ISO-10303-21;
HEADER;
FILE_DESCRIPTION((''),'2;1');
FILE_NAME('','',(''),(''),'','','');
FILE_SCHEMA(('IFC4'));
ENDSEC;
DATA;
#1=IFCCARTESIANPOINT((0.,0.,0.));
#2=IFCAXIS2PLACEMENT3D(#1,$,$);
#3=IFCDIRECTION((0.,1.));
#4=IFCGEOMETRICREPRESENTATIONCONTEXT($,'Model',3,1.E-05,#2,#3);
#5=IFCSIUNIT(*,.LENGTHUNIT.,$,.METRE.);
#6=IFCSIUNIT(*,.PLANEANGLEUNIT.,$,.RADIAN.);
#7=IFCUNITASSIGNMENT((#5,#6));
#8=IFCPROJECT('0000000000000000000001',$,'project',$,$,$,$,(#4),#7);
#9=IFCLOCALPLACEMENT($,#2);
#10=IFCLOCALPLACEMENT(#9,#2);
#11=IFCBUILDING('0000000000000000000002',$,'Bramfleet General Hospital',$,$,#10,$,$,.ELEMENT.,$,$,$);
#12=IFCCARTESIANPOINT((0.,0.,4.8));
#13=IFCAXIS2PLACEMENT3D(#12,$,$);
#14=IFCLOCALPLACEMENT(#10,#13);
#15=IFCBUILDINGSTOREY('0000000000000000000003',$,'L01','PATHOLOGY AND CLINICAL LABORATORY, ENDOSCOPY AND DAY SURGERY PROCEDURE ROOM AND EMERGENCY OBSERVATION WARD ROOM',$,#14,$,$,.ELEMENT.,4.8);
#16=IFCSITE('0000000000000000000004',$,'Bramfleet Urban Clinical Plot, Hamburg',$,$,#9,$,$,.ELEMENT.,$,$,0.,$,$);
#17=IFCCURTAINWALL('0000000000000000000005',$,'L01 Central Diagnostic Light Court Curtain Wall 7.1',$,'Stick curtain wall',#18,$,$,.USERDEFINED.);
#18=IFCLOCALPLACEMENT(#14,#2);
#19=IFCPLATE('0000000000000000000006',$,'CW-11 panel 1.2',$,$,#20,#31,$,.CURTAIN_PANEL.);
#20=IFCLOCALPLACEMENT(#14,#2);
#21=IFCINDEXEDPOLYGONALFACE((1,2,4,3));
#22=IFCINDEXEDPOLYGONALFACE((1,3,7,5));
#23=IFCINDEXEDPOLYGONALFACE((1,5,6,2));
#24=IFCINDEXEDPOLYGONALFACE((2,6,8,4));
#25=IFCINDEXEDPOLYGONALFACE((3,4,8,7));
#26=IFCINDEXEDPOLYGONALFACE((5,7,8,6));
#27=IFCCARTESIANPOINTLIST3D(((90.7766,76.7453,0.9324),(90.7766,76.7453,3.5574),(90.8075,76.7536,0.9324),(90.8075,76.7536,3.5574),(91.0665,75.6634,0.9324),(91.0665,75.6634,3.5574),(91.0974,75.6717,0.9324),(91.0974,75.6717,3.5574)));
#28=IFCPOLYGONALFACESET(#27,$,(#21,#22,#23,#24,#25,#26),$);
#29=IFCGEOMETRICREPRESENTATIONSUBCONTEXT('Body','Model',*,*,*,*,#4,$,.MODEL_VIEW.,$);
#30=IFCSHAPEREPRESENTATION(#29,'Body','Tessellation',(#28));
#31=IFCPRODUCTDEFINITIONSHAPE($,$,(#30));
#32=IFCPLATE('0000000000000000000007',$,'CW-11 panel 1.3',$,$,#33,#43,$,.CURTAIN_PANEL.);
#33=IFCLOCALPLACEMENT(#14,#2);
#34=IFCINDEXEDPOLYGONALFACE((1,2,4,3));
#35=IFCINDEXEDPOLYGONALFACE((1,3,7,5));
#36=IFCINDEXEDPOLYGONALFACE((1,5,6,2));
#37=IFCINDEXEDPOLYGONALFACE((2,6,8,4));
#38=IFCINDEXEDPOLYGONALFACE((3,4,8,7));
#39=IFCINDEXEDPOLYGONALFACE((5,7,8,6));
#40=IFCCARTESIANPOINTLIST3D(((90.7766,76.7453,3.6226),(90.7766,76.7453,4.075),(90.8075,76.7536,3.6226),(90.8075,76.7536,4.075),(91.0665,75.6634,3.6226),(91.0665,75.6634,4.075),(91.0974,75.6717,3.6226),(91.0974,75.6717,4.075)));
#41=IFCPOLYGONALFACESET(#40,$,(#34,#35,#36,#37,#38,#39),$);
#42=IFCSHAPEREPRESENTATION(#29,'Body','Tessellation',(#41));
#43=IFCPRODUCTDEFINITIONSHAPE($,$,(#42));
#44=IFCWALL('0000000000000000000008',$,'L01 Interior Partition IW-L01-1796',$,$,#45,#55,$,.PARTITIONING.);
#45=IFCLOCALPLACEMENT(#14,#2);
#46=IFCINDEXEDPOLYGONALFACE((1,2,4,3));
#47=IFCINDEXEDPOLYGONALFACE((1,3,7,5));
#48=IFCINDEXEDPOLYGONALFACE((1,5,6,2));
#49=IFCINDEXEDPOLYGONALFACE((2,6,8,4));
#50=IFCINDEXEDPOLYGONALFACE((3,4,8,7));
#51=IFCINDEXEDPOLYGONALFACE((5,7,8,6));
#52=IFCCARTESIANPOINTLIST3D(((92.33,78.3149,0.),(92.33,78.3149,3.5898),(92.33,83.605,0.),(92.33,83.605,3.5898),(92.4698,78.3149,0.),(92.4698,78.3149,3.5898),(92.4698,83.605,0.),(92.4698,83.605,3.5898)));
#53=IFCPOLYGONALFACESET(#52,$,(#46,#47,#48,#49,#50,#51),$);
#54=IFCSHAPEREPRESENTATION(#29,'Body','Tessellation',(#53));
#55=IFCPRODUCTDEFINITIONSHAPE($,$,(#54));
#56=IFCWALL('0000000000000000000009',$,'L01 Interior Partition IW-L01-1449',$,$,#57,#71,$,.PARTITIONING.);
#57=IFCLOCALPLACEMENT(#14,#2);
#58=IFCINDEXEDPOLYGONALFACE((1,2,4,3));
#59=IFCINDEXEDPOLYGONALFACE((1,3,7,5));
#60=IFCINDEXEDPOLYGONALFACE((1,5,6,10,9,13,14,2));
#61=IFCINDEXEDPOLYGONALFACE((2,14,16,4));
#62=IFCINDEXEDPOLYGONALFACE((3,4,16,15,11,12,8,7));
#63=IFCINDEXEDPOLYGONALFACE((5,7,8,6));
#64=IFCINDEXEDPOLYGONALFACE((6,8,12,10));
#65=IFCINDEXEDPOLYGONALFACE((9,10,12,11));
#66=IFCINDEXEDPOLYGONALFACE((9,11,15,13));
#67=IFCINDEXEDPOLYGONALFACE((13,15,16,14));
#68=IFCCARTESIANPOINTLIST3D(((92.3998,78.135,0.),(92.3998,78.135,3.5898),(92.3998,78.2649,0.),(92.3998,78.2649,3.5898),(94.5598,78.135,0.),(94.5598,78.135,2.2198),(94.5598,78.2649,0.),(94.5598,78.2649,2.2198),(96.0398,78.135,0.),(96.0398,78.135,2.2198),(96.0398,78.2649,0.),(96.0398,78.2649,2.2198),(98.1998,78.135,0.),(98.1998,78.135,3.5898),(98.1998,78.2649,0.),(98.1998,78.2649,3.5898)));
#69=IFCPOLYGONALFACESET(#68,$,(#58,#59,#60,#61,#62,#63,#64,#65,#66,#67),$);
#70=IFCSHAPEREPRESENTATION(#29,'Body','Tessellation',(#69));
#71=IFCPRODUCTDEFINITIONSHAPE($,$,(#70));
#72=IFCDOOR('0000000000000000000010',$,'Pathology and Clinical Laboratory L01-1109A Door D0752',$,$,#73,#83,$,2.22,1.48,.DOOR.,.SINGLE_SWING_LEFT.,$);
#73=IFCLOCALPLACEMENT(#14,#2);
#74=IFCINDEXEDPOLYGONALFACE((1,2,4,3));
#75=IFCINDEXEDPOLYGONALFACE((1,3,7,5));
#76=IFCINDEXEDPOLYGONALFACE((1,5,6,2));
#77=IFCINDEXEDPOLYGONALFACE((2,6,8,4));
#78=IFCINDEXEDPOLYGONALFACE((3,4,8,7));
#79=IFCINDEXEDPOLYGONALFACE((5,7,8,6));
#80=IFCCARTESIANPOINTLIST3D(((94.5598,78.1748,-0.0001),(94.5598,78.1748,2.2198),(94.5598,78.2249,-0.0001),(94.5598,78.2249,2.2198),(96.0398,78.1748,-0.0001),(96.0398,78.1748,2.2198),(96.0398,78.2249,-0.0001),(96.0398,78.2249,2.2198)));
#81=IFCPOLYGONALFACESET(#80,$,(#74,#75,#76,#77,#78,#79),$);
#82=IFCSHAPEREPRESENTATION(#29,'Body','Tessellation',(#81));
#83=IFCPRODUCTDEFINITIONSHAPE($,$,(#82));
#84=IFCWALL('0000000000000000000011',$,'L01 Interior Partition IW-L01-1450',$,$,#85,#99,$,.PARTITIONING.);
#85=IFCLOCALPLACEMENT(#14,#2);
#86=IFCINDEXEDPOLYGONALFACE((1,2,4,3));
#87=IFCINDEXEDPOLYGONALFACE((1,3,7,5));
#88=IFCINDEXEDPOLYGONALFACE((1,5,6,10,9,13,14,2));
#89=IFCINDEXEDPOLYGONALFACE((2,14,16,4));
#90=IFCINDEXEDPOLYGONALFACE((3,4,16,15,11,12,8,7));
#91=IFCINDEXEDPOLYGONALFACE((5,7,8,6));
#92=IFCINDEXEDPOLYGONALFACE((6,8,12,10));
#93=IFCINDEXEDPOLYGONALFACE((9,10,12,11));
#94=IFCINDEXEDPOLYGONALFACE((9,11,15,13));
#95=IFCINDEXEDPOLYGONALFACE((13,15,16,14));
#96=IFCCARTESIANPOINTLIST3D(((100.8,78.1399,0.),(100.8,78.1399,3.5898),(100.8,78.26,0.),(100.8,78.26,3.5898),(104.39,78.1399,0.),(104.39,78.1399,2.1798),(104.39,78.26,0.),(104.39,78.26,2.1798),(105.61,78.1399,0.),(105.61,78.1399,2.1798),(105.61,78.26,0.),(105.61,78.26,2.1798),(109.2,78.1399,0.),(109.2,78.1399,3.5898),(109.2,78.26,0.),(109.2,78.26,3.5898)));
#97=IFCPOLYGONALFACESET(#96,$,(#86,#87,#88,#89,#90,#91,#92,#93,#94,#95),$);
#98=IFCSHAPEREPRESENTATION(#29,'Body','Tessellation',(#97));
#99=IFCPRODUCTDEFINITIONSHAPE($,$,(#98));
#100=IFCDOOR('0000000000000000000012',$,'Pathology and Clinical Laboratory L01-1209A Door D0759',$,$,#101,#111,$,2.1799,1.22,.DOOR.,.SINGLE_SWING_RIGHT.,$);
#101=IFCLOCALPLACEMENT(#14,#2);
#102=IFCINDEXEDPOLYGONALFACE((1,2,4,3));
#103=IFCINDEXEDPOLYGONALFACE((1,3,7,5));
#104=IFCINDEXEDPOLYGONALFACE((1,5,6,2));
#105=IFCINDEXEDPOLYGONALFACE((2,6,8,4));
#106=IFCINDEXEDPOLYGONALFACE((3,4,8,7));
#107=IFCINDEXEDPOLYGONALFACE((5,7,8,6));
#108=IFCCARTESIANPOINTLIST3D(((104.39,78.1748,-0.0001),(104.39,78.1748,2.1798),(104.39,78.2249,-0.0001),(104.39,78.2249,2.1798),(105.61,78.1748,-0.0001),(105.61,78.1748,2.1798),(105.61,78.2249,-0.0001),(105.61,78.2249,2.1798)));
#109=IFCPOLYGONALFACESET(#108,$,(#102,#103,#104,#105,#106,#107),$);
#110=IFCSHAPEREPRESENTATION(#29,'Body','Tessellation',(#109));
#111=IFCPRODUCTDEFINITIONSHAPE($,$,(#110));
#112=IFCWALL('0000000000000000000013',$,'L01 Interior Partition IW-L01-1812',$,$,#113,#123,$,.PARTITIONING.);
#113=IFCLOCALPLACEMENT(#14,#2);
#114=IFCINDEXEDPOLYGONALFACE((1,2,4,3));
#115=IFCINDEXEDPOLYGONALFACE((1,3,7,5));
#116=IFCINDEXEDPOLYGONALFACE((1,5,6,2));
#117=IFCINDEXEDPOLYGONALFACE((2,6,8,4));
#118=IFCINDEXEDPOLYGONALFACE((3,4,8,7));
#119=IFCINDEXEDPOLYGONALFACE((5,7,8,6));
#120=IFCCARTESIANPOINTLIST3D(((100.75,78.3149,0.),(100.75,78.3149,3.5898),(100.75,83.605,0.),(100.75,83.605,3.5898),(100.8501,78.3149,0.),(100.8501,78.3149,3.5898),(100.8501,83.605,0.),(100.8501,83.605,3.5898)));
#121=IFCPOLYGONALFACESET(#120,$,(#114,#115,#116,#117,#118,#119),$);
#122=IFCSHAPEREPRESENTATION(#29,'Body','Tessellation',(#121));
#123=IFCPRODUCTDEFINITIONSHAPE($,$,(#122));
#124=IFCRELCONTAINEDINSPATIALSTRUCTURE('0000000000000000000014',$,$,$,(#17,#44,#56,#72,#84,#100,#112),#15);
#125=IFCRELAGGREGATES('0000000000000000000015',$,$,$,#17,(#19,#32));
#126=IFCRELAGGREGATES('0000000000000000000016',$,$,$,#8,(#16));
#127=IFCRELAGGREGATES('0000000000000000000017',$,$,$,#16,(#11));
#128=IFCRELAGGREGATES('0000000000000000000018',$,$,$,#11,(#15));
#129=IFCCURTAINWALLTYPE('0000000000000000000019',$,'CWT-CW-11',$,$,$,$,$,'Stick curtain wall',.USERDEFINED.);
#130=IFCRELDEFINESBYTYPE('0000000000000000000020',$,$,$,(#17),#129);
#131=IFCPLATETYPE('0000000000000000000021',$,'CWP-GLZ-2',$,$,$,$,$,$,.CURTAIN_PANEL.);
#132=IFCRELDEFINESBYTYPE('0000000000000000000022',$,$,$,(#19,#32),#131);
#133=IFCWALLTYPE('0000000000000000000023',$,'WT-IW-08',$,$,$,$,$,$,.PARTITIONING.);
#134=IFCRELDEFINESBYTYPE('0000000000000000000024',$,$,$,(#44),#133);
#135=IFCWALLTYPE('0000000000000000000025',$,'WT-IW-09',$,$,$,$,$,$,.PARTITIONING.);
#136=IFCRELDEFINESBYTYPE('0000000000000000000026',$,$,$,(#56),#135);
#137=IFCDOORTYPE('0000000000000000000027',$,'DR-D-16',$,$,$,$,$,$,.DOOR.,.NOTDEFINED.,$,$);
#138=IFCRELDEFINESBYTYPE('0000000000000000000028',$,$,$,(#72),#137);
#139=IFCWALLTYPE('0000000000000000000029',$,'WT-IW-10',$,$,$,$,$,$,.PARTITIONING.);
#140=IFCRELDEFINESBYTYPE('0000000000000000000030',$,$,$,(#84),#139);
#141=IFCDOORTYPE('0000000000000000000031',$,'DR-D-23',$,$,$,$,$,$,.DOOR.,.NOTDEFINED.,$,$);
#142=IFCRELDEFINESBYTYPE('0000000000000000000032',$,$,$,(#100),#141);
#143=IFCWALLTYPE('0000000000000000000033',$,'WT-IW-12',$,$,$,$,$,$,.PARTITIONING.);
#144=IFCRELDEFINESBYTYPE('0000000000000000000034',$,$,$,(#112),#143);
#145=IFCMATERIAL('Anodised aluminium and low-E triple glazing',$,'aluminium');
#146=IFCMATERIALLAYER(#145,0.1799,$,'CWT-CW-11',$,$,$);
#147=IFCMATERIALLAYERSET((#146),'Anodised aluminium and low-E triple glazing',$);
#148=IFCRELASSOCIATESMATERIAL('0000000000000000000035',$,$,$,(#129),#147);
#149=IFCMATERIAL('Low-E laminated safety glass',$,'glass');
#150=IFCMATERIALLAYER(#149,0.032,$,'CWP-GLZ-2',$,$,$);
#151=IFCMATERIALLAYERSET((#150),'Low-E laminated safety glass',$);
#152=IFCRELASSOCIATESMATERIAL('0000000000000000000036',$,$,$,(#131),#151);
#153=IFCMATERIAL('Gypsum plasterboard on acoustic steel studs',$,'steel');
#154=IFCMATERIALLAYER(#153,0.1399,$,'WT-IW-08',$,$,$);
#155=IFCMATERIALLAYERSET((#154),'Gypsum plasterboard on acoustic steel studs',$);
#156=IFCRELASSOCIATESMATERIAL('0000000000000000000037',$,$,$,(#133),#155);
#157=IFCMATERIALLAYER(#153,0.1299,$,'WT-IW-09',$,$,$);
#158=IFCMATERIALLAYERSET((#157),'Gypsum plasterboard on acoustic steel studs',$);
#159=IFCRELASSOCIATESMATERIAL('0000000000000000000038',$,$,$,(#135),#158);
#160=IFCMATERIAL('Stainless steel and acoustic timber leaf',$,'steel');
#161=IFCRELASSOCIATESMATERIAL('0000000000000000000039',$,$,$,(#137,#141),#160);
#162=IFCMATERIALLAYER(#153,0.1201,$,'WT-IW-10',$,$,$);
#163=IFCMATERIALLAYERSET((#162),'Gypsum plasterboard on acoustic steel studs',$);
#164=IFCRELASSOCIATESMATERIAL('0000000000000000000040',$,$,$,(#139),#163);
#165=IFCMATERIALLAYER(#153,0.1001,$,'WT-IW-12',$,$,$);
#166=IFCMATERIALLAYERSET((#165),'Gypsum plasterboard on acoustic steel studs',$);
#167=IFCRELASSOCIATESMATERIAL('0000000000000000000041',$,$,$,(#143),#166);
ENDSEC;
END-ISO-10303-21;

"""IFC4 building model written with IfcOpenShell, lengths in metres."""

from ifc_helpers import new_model, si_unit, direction, frame, frame_2d, origin, origin_2d, place, context, subcontext, project, spatial, rectangle, extrude, material, layer, layer_set, type_object, element, fill, aggregate, save


model = new_model("IFC4")

# Units and contexts
model_context = context("Model", 3, precision=1e-05, world=origin(), true_north=direction((0.0, 1.0)))
body_context = subcontext(model_context, "Body", "Model", "MODEL_VIEW")
ifc_project = project(units=[si_unit("LENGTHUNIT", "METRE"), si_unit("PLANEANGLEUNIT", "RADIAN")], contexts=[model_context])

# Site, building, storey
site_placement = place(None, origin())
site = spatial("IfcSite", under=ifc_project, at=site_placement, Name="Bramfleet Urban Clinical Plot, Hamburg", CompositionType="ELEMENT", RefElevation=0.0)
building_placement = place(site_placement, origin())
building = spatial("IfcBuilding", under=site, at=building_placement, Name="Bramfleet General Hospital", CompositionType="ELEMENT")
storey_placement = place(building_placement, frame((0.0, 0.0, 4.8)))
storey = spatial("IfcBuildingStorey", under=building, at=storey_placement, Name="L01", Description="PATHOLOGY AND CLINICAL LABORATORY, ENDOSCOPY AND DAY SURGERY PROCEDURE ROOM AND EMERGENCY OBSERVATION WARD ROOM", CompositionType="ELEMENT", Elevation=4.8)

# Curtain wall, plates
ifc_material_1 = material(Name="Anodised aluminium and low-E triple glazing", Category="aluminium")
ifc_layer_1 = layer(ifc_material_1, 0.1799, Name="CWT-CW-11")
ifc_layer_set_1 = layer_set([ifc_layer_1], Name="Anodised aluminium and low-E triple glazing")
curtain_wall_type = type_object("IfcCurtainWallType", Name="CWT-CW-11", ElementType="Stick curtain wall", PredefinedType="USERDEFINED", material=ifc_layer_set_1)
curtain_wall_placement = place(storey_placement, origin())
curtain_wall = element("IfcCurtainWall", 1, at=curtain_wall_placement, inside=storey, type_object=curtain_wall_type, Name="L01 Central Diagnostic Light Court Curtain Wall 7.1", ObjectType="Stick curtain wall", PredefinedType="USERDEFINED")
ifc_material_2 = material(Name="Low-E laminated safety glass", Category="glass")
ifc_layer_2 = layer(ifc_material_2, 0.032, Name="CWP-GLZ-2")
ifc_layer_set_2 = layer_set([ifc_layer_2], Name="Low-E laminated safety glass")
plate_type = type_object("IfcPlateType", Name="CWP-GLZ-2", PredefinedType="CURTAIN_PANEL", material=ifc_layer_set_2)
plate_1_placement = place(storey_placement, frame((90.937, 76.2085, 0.9324), z_axis=(0.0, 0.0, 1.0), x_axis=(-0.258763, 0.965941, 0.0)))
plate_1 = element("IfcPlate", 2, at=plate_1_placement, type_object=plate_type, Name="CW-11 panel 1.2", PredefinedType="CURTAIN_PANEL", context=body_context, shape_type="SweptSolid", body=[
    extrude(rectangle(XDim=1.1201, YDim=0.032, at=origin_2d()), origin(), (0.0, 0.0, 1.0), 2.625),
])
plate_2_placement = place(storey_placement, frame((90.937, 76.2085, 3.6226), z_axis=(0.0, 0.0, 1.0), x_axis=(-0.258763, 0.965941, 0.0)))
plate_2 = element("IfcPlate", 3, at=plate_2_placement, type_object=plate_type, Name="CW-11 panel 1.3", PredefinedType="CURTAIN_PANEL", context=body_context, shape_type="SweptSolid", body=[
    extrude(rectangle(XDim=1.1201, YDim=0.032, at=origin_2d()), origin(), (0.0, 0.0, 1.0), 0.4524),
])
aggregate(curtain_wall, [plate_1, plate_2])

# Wall
ifc_material_3 = material(Name="Gypsum plasterboard on acoustic steel studs", Category="steel")
ifc_layer_3 = layer(ifc_material_3, 0.1399, Name="WT-IW-08")
ifc_layer_set_3 = layer_set([ifc_layer_3], Name="Gypsum plasterboard on acoustic steel studs")
wall_type_1 = type_object("IfcWallType", Name="WT-IW-08", PredefinedType="PARTITIONING", material=ifc_layer_set_3)
wall_1_placement = place(storey_placement, frame((92.3999, 78.3149, 0.0), z_axis=(0.0, 0.0, 1.0), x_axis=(0.0, 1.0, 0.0)))
element("IfcWall", 4, at=wall_1_placement, inside=storey, type_object=wall_type_1, Name="L01 Interior Partition IW-L01-1796", PredefinedType="PARTITIONING", context=body_context, shape_type="SweptSolid", body=[
    extrude(rectangle(XDim=5.29, YDim=0.1399, at=frame_2d((2.645, 0.0))), origin(), (0.0, 0.0, 1.0), 3.5898),
])

# Walls, openings, doors
ifc_layer_4 = layer(ifc_material_3, 0.1299, Name="WT-IW-09")
ifc_layer_set_4 = layer_set([ifc_layer_4], Name="Gypsum plasterboard on acoustic steel studs")
wall_type_2 = type_object("IfcWallType", Name="WT-IW-09", PredefinedType="PARTITIONING", material=ifc_layer_set_4)
wall_2_placement = place(storey_placement, frame((92.3999, 78.2, 0.0), z_axis=(0.0, 0.0, 1.0), x_axis=(1.0, 0.0, 0.0)))
wall_2 = element("IfcWall", 5, at=wall_2_placement, inside=storey, type_object=wall_type_2, Name="L01 Interior Partition IW-L01-1449", PredefinedType="PARTITIONING", context=body_context, shape_type="SweptSolid", body=[
    extrude(rectangle(XDim=5.8, YDim=0.1299, at=frame_2d((2.8999, 0.0))), origin(), (0.0, 0.0, 1.0), 3.5898),
])
opening_1_placement = place(wall_2_placement, frame((2.1599, 0.0, 0.0)))
opening_1 = element("IfcOpeningElement", 6, at=opening_1_placement, cuts=wall_2, PredefinedType="OPENING", context=body_context, shape_type="SweptSolid", body=[
    extrude(rectangle(XDim=1.48, YDim=2.22, at=frame_2d((0.74, 1.1099))), frame((0.0, 0.075, 0.0), z_axis=(0.0, -1.0, 0.0), x_axis=(1.0, 0.0, 0.0)), (0.0, 0.0, 1.0), 0.1499),
])
ifc_material_4 = material(Name="Stainless steel and acoustic timber leaf", Category="steel")
door_type_1 = type_object("IfcDoorType", Name="DR-D-16", OperationType="NOTDEFINED", PredefinedType="DOOR", material=ifc_material_4)
door_1_placement = place(opening_1_placement, origin())
door_1 = element("IfcDoor", 7, at=door_1_placement, inside=storey, type_object=door_type_1, Name="Pathology and Clinical Laboratory L01-1109A Door D0752", OperationType="SINGLE_SWING_LEFT", OverallHeight=2.22, OverallWidth=1.48, PredefinedType="DOOR", context=body_context, shape_type="SweptSolid", body=[
    extrude(rectangle(XDim=1.48, YDim=2.22, at=frame_2d((0.74, 1.1099))), frame((0.0, 0.0249, 0.0), z_axis=(0.0, -1.0, 0.0), x_axis=(1.0, 0.0, 0.0)), (0.0, 0.0, 1.0), 0.05),
])
fill(opening_1, door_1)
ifc_layer_5 = layer(ifc_material_3, 0.1201, Name="WT-IW-10")
ifc_layer_set_5 = layer_set([ifc_layer_5], Name="Gypsum plasterboard on acoustic steel studs")
wall_type_3 = type_object("IfcWallType", Name="WT-IW-10", PredefinedType="PARTITIONING", material=ifc_layer_set_5)
wall_3_placement = place(storey_placement, frame((100.8, 78.2, 0.0), z_axis=(0.0, 0.0, 1.0), x_axis=(1.0, 0.0, 0.0)))
wall_3 = element("IfcWall", 8, at=wall_3_placement, inside=storey, type_object=wall_type_3, Name="L01 Interior Partition IW-L01-1450", PredefinedType="PARTITIONING", context=body_context, shape_type="SweptSolid", body=[
    extrude(rectangle(XDim=8.3999, YDim=0.1201, at=frame_2d((4.2, 0.0))), origin(), (0.0, 0.0, 1.0), 3.5898),
])
opening_2_placement = place(wall_3_placement, frame((3.5901, 0.0, 0.0)))
opening_2 = element("IfcOpeningElement", 9, at=opening_2_placement, cuts=wall_3, PredefinedType="OPENING", context=body_context, shape_type="SweptSolid", body=[
    extrude(rectangle(XDim=1.22, YDim=2.1799, at=frame_2d((0.6099, 1.0898))), frame((0.0, 0.0701, 0.0), z_axis=(0.0, -1.0, 0.0), x_axis=(1.0, 0.0, 0.0)), (0.0, 0.0, 1.0), 0.1401),
])
door_type_2 = type_object("IfcDoorType", Name="DR-D-23", OperationType="NOTDEFINED", PredefinedType="DOOR", material=ifc_material_4)
door_2_placement = place(opening_2_placement, origin())
door_2 = element("IfcDoor", 10, at=door_2_placement, inside=storey, type_object=door_type_2, Name="Pathology and Clinical Laboratory L01-1209A Door D0759", OperationType="SINGLE_SWING_RIGHT", OverallHeight=2.1799, OverallWidth=1.22, PredefinedType="DOOR", context=body_context, shape_type="SweptSolid", body=[
    extrude(rectangle(XDim=1.22, YDim=2.1799, at=frame_2d((0.6099, 1.0898))), frame((0.0, 0.0249, 0.0), z_axis=(0.0, -1.0, 0.0), x_axis=(1.0, 0.0, 0.0)), (0.0, 0.0, 1.0), 0.05),
])
fill(opening_2, door_2)

# Wall
ifc_layer_6 = layer(ifc_material_3, 0.1001, Name="WT-IW-12")
ifc_layer_set_6 = layer_set([ifc_layer_6], Name="Gypsum plasterboard on acoustic steel studs")
wall_type_4 = type_object("IfcWallType", Name="WT-IW-12", PredefinedType="PARTITIONING", material=ifc_layer_set_6)
wall_4_placement = place(storey_placement, frame((100.8, 78.3149, 0.0), z_axis=(0.0, 0.0, 1.0), x_axis=(0.0, 1.0, 0.0)))
element("IfcWall", 11, at=wall_4_placement, inside=storey, type_object=wall_type_4, Name="L01 Interior Partition IW-L01-1812", PredefinedType="PARTITIONING", context=body_context, shape_type="SweptSolid", body=[
    extrude(rectangle(XDim=5.29, YDim=0.1001, at=frame_2d((2.645, 0.0))), origin(), (0.0, 0.0, 1.0), 3.5898),
])

save(model, "model.ifc")
